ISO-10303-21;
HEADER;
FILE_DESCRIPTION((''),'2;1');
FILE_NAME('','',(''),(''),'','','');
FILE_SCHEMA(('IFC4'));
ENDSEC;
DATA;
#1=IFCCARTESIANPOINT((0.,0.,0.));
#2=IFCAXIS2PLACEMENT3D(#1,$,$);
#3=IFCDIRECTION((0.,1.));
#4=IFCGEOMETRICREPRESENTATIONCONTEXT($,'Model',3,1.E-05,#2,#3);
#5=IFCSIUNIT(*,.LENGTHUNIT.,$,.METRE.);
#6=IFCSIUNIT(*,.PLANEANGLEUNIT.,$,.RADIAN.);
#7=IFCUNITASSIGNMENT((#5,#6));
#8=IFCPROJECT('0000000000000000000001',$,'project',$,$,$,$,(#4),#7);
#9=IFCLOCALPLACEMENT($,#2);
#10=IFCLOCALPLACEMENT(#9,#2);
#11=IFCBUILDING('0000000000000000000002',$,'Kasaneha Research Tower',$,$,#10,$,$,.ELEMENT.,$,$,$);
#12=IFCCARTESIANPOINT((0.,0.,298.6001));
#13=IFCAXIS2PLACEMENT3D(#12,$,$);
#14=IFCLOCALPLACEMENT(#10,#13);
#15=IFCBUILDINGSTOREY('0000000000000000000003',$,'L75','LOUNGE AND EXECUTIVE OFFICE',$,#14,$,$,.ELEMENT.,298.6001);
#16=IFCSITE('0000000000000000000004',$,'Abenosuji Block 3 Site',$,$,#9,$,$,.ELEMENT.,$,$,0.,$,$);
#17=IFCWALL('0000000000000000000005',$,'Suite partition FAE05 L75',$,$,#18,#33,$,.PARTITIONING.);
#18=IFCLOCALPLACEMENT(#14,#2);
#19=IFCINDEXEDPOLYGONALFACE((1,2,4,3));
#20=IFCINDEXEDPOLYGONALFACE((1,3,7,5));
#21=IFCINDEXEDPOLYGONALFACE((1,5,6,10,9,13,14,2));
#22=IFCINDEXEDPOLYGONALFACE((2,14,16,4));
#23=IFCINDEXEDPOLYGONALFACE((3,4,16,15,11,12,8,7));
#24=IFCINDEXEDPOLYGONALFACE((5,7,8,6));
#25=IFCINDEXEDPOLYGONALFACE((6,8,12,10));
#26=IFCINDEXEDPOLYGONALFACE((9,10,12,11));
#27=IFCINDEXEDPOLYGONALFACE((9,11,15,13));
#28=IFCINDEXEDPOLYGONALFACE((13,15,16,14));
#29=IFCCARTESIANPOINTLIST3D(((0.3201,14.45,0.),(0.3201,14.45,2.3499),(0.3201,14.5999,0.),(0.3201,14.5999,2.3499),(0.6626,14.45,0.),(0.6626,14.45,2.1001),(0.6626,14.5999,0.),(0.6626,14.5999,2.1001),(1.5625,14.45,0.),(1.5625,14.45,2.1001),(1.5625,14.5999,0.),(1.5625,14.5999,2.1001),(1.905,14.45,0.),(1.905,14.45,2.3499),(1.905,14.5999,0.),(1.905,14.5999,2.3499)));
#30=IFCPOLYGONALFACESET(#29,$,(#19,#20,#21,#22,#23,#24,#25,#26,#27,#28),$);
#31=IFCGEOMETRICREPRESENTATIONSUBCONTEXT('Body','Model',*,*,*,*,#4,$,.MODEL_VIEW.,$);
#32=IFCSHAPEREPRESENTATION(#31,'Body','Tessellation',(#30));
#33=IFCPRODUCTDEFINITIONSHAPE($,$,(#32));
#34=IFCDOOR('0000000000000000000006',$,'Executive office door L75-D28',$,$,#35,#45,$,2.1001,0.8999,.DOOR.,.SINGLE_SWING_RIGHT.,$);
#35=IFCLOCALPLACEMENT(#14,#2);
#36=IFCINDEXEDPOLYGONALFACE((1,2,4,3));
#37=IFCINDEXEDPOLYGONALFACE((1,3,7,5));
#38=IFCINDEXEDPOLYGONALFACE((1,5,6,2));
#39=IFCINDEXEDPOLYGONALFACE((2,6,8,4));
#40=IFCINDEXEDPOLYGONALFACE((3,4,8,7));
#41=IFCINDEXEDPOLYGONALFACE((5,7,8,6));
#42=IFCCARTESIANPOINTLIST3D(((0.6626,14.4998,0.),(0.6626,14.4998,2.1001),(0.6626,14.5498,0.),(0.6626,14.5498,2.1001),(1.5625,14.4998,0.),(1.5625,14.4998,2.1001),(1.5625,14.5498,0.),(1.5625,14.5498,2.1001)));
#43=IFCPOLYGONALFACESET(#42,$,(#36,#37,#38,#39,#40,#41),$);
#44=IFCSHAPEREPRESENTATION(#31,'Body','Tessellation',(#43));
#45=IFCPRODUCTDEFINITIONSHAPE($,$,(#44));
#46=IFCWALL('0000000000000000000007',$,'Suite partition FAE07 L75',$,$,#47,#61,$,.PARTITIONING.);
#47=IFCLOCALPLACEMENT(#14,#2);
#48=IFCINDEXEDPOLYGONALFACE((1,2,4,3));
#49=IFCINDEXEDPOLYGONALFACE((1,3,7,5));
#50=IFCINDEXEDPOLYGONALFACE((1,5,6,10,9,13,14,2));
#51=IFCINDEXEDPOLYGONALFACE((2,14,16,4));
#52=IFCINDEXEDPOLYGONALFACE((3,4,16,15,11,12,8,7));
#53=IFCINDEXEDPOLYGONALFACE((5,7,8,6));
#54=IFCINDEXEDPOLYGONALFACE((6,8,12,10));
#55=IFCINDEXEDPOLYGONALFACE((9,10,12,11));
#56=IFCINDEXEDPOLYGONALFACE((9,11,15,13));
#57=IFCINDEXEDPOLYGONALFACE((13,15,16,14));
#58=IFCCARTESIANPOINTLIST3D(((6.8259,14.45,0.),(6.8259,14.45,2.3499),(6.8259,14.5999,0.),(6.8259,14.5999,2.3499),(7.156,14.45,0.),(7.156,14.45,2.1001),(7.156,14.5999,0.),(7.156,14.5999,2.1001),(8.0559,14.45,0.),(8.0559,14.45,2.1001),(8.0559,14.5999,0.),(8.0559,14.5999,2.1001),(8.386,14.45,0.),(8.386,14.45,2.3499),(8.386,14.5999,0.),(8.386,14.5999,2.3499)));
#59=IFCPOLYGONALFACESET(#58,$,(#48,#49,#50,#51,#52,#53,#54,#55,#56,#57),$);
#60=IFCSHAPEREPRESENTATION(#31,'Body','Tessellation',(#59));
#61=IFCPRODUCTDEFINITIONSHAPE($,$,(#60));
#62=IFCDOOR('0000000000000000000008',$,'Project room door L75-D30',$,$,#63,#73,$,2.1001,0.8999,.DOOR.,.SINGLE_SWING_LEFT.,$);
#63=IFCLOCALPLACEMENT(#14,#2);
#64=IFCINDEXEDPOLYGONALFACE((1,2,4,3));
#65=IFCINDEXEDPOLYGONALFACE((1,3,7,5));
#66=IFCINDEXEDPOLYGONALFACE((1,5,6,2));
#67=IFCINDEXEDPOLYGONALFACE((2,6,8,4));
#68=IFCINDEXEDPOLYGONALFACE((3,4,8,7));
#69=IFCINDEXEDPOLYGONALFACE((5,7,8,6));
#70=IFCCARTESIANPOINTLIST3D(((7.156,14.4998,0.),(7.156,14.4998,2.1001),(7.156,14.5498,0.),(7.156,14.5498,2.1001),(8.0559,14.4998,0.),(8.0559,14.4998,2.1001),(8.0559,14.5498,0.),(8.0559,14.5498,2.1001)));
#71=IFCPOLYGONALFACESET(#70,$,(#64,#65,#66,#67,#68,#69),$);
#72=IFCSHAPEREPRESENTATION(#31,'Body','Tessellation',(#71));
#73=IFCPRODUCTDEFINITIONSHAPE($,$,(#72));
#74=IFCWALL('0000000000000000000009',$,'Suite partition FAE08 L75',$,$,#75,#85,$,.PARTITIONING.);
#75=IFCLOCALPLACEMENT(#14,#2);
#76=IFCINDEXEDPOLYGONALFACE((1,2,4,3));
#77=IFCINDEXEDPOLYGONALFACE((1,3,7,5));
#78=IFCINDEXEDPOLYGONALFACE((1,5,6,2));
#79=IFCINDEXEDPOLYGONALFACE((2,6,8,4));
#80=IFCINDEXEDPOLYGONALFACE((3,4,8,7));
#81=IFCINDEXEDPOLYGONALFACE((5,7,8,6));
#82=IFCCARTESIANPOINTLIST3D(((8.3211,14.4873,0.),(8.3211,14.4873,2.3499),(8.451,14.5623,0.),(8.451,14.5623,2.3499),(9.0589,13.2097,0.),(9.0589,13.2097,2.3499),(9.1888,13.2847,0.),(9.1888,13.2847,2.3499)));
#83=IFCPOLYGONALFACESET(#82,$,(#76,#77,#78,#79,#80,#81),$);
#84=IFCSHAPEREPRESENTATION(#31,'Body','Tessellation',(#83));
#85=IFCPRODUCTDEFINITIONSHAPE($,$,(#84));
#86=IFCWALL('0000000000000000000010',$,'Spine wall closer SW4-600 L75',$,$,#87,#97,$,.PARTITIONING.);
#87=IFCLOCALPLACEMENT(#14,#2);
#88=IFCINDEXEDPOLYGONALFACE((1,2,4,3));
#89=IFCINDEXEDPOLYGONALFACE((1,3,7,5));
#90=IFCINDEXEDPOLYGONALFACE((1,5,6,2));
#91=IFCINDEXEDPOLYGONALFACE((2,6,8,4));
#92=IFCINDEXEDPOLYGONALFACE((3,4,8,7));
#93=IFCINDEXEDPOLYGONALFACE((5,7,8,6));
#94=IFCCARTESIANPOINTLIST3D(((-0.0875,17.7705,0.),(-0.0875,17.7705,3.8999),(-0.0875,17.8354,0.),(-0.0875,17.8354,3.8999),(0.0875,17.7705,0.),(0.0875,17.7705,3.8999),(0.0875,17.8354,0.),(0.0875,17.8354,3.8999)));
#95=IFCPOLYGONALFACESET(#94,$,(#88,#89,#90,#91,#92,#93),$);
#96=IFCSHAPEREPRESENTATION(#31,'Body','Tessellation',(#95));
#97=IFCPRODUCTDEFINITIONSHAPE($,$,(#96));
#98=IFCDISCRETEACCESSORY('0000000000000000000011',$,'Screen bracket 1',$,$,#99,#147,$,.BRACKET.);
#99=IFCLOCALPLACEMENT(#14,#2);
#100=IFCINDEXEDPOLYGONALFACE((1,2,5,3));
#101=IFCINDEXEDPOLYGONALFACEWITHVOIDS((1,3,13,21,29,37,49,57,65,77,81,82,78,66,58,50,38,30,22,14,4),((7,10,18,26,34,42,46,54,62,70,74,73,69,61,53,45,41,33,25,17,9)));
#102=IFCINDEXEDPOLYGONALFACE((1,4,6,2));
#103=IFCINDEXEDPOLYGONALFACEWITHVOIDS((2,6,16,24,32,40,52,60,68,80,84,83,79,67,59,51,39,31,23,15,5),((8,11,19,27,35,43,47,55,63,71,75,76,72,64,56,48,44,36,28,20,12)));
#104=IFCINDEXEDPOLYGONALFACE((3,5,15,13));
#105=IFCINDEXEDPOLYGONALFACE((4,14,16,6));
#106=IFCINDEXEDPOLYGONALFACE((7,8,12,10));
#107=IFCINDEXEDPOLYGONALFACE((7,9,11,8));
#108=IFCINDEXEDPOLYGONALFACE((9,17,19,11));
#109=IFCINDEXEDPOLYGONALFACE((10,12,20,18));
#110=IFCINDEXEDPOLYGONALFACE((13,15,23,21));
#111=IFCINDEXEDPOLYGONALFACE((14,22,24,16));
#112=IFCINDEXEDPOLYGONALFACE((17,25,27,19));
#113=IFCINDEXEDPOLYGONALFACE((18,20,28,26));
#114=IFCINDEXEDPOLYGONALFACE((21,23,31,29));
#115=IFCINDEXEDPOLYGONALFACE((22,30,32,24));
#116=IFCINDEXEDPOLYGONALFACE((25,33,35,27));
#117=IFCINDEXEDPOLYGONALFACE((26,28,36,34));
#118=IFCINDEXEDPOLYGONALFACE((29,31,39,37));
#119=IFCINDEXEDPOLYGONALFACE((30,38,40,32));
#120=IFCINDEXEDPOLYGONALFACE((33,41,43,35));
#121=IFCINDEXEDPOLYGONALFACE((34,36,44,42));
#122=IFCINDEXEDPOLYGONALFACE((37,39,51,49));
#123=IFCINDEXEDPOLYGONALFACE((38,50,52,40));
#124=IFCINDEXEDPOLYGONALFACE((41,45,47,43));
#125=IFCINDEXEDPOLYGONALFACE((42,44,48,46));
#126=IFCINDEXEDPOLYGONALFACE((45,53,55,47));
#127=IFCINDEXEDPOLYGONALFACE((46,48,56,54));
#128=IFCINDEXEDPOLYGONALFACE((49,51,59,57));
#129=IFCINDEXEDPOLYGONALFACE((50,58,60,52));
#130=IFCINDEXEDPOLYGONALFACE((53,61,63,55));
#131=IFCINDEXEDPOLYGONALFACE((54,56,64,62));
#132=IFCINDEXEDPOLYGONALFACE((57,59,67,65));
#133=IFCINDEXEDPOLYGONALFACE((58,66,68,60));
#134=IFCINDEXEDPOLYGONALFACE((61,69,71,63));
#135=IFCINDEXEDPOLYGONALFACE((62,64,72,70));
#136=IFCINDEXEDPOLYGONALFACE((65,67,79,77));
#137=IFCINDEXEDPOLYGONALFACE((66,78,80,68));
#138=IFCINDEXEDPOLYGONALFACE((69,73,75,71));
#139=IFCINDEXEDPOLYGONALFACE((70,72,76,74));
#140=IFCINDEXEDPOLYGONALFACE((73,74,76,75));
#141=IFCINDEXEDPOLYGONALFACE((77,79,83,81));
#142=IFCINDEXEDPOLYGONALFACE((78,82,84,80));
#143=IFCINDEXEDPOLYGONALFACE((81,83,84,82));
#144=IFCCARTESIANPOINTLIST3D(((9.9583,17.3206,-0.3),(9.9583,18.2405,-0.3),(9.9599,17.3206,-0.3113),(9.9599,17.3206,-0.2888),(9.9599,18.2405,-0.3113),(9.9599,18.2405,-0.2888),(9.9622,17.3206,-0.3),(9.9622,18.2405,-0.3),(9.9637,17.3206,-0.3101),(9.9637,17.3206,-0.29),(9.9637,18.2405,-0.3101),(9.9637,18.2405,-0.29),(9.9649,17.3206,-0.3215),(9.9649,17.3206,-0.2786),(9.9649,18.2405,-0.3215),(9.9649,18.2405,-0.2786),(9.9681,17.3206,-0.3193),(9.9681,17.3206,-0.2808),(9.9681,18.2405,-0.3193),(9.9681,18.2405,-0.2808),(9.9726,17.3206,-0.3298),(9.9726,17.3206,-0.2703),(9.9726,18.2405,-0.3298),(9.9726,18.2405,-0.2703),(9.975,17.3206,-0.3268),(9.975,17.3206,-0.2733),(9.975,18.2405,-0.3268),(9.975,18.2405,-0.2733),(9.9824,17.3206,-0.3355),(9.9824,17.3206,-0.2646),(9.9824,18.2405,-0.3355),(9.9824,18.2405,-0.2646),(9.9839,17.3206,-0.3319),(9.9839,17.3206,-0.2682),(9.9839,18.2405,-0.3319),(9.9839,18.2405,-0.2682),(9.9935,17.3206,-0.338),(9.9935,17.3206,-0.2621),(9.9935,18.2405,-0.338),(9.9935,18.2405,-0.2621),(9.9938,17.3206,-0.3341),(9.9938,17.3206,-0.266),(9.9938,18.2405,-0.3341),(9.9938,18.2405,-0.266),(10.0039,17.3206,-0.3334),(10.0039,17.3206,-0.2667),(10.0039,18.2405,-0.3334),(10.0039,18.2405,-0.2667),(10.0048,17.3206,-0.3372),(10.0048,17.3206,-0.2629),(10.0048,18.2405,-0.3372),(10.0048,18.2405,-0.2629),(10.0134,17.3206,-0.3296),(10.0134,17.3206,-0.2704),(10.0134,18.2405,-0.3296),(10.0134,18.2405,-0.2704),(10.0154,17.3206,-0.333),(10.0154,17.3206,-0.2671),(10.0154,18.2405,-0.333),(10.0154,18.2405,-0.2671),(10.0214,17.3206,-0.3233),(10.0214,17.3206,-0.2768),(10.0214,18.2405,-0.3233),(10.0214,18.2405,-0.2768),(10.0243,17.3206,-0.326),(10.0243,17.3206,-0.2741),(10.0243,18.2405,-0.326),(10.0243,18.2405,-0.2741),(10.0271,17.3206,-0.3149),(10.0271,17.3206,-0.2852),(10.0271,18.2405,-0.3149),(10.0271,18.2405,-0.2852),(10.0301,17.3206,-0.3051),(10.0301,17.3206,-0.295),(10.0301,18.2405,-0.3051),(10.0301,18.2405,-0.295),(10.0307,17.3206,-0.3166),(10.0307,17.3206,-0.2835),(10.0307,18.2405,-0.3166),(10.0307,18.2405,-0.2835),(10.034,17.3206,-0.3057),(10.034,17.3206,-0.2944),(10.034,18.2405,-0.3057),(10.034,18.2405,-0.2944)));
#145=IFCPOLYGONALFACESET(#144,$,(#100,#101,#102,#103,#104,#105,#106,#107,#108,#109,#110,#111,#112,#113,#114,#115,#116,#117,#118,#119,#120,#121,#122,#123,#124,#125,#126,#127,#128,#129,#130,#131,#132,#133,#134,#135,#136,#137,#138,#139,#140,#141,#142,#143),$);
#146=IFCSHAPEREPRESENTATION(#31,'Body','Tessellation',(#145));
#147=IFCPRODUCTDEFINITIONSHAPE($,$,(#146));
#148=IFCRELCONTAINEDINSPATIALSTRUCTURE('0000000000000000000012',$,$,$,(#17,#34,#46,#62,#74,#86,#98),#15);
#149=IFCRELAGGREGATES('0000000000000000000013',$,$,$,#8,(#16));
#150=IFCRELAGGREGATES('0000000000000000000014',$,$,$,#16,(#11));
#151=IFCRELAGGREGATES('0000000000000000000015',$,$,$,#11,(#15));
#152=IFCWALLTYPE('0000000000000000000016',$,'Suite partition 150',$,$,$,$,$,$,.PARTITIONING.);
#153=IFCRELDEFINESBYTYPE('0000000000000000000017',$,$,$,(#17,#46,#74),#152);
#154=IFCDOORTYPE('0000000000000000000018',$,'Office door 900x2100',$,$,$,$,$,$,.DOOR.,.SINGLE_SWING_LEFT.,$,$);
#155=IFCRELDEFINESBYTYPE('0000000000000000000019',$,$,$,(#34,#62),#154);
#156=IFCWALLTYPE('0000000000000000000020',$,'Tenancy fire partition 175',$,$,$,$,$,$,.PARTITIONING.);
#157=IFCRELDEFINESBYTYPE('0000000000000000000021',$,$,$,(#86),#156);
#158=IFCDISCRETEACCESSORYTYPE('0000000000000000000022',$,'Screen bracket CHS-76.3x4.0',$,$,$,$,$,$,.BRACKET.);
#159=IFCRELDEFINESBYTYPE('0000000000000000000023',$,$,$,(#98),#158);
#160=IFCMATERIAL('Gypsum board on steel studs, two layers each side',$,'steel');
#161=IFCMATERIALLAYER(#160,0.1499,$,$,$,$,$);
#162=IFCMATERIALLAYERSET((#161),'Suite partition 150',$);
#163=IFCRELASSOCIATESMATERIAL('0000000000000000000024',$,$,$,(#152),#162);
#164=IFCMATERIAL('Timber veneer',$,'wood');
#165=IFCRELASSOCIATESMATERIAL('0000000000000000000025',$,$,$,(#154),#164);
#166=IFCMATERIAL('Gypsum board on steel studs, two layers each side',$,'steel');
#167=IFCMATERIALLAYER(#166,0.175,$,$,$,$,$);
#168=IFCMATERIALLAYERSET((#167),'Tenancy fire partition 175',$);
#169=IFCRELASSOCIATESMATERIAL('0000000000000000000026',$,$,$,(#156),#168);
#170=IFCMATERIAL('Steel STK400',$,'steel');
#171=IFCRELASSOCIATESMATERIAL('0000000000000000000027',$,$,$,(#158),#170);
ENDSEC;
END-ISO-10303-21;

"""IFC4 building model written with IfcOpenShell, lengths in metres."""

from ifc_helpers import new_model, si_unit, direction, frame, frame_2d, origin, origin_2d, place, context, subcontext, project, spatial, rectangle, hollow_circle, extrude, material, layer, layer_set, material_profile, profile_set, type_object, element, fill, save


model = new_model("IFC4")

# Units and contexts
model_context = context("Model", 3, precision=1e-05, world=origin(), true_north=direction((0.0, 1.0)))
body_context = subcontext(model_context, "Body", "Model", "MODEL_VIEW")
ifc_project = project(units=[si_unit("LENGTHUNIT", "METRE"), si_unit("PLANEANGLEUNIT", "RADIAN")], contexts=[model_context])

# Site, building, storey
site_placement = place(None, origin())
site = spatial("IfcSite", under=ifc_project, at=site_placement, Name="Abenosuji Block 3 Site", CompositionType="ELEMENT", RefElevation=0.0)
building_placement = place(site_placement, origin())
building = spatial("IfcBuilding", under=site, at=building_placement, Name="Kasaneha Research Tower", CompositionType="ELEMENT")
storey_placement = place(building_placement, frame((0.0, 0.0, 298.6001)))
storey = spatial("IfcBuildingStorey", under=building, at=storey_placement, Name="L75", Description="LOUNGE AND EXECUTIVE OFFICE", CompositionType="ELEMENT", Elevation=298.6001)

# Shared definitions
ifc_material_1 = material(Name="Gypsum board on steel studs, two layers each side", Category="steel")
ifc_layer_1 = layer(ifc_material_1, 0.1499)
ifc_layer_set_1 = layer_set([ifc_layer_1], Name="Suite partition 150")
wall_type_1 = type_object("IfcWallType", Name="Suite partition 150", PredefinedType="PARTITIONING", material=ifc_layer_set_1)

# Walls, openings, doors
ifc_material_2 = material(Name="Timber veneer", Category="wood")
door_type_1 = type_object("IfcDoorType", Name="Office door 900x2100", OperationType="SINGLE_SWING_LEFT", PredefinedType="DOOR", material=ifc_material_2)
wall_1_placement = place(storey_placement, frame((0.3201, 14.5249, 0.0), z_axis=(0.0, 0.0, 1.0), x_axis=(1.0, 0.0, 0.0)))
wall_1 = element("IfcWall", 1, at=wall_1_placement, inside=storey, type_object=wall_type_1, Name="Suite partition FAE05 L75", PredefinedType="PARTITIONING", context=body_context, shape_type="SweptSolid", body=[
    extrude(rectangle(XDim=1.585, YDim=0.1499, at=frame_2d((0.7925, 0.0))), origin(), (0.0, 0.0, 1.0), 2.3499),
])
opening_1_placement = place(wall_1_placement, frame((0.3425, 0.0, 0.0)))
opening_1 = element("IfcOpeningElement", 2, at=opening_1_placement, cuts=wall_1, PredefinedType="OPENING", context=body_context, shape_type="SweptSolid", body=[
    extrude(rectangle(XDim=0.8999, YDim=2.1001, at=frame_2d((0.45, 1.05))), frame((0.0, 0.085, 0.0), z_axis=(0.0, -1.0, 0.0), x_axis=(1.0, 0.0, 0.0)), (0.0, 0.0, 1.0), 0.1699),
])
door_1_placement = place(opening_1_placement, origin())
door_1 = element("IfcDoor", 3, at=door_1_placement, inside=storey, type_object=door_type_1, Name="Executive office door L75-D28", OperationType="SINGLE_SWING_RIGHT", OverallHeight=2.1001, OverallWidth=0.8999, PredefinedType="DOOR", context=body_context, shape_type="SweptSolid", body=[
    extrude(rectangle(XDim=0.8999, YDim=2.1001, at=frame_2d((0.45, 1.05))), frame((0.0, 0.0249, 0.0), z_axis=(0.0, -1.0, 0.0), x_axis=(1.0, 0.0, 0.0)), (0.0, 0.0, 1.0), 0.05),
])
fill(opening_1, door_1)
wall_2_placement = place(storey_placement, frame((6.8259, 14.5249, 0.0), z_axis=(0.0, 0.0, 1.0), x_axis=(1.0, 0.0, 0.0)))
wall_2 = element("IfcWall", 4, at=wall_2_placement, inside=storey, type_object=wall_type_1, Name="Suite partition FAE07 L75", PredefinedType="PARTITIONING", context=body_context, shape_type="SweptSolid", body=[
    extrude(rectangle(XDim=1.5601, YDim=0.1499, at=frame_2d((0.78, 0.0))), origin(), (0.0, 0.0, 1.0), 2.3499),
])
opening_2_placement = place(wall_2_placement, frame((0.3301, 0.0, 0.0)))
opening_2 = element("IfcOpeningElement", 5, at=opening_2_placement, cuts=wall_2, PredefinedType="OPENING", context=body_context, shape_type="SweptSolid", body=[
    extrude(rectangle(XDim=0.8999, YDim=2.1001, at=frame_2d((0.45, 1.05))), frame((0.0, 0.085, 0.0), z_axis=(0.0, -1.0, 0.0), x_axis=(1.0, 0.0, 0.0)), (0.0, 0.0, 1.0), 0.1699),
])
door_2_placement = place(opening_2_placement, origin())
door_2 = element("IfcDoor", 6, at=door_2_placement, inside=storey, type_object=door_type_1, Name="Project room door L75-D30", OperationType="SINGLE_SWING_LEFT", OverallHeight=2.1001, OverallWidth=0.8999, PredefinedType="DOOR", context=body_context, shape_type="SweptSolid", body=[
    extrude(rectangle(XDim=0.8999, YDim=2.1001, at=frame_2d((0.45, 1.05))), frame((0.0, 0.0249, 0.0), z_axis=(0.0, -1.0, 0.0), x_axis=(1.0, 0.0, 0.0)), (0.0, 0.0, 1.0), 0.05),
])
fill(opening_2, door_2)

# Walls
wall_3_placement = place(storey_placement, frame((8.386, 14.5249, 0.0), z_axis=(0.0, 0.0, 1.0), x_axis=(0.50009, -0.865973, 0.0)))
element("IfcWall", 7, at=wall_3_placement, inside=storey, type_object=wall_type_1, Name="Suite partition FAE08 L75", PredefinedType="PARTITIONING", context=body_context, shape_type="SweptSolid", body=[
    extrude(rectangle(XDim=1.4753, YDim=0.1499, at=frame_2d((0.7378, 0.0))), origin(), (0.0, 0.0, 1.0), 2.3499),
])
ifc_material_3 = material(Name="Gypsum board on steel studs, two layers each side", Category="steel")
ifc_layer_2 = layer(ifc_material_3, 0.175)
ifc_layer_set_2 = layer_set([ifc_layer_2], Name="Tenancy fire partition 175")
wall_type_2 = type_object("IfcWallType", Name="Tenancy fire partition 175", PredefinedType="PARTITIONING", material=ifc_layer_set_2)
wall_4_placement = place(storey_placement, frame((0.0, 17.7705, 0.0), z_axis=(0.0, 0.0, 1.0), x_axis=(0.0, 1.0, 0.0)))
element("IfcWall", 8, at=wall_4_placement, inside=storey, type_object=wall_type_2, Name="Spine wall closer SW4-600 L75", PredefinedType="PARTITIONING", context=body_context, shape_type="SweptSolid", body=[
    extrude(rectangle(XDim=0.0649, YDim=0.175, at=frame_2d((0.0325, 0.0))), origin(), (0.0, 0.0, 1.0), 3.8999),
])

# Discrete accessory
ifc_material_4 = material(Name="Steel STK400", Category="steel")
ifc_material_profile_1 = material_profile(ifc_material_4, hollow_circle(Radius=0.0381, WallThickness=0.0039, at=origin_2d()), Name="CHS-76.3x4.0")
ifc_profile_set_1 = profile_set([ifc_material_profile_1], Name="Steel STK400")
discrete_accessory_type = type_object("IfcDiscreteAccessoryType", Name="Screen bracket CHS-76.3x4.0", PredefinedType="BRACKET", material=ifc_profile_set_1)
for number, where, z_axis, x_axis, name in (
    (9, (9.9963, 17.3206, -0.3), (0.0, 1.0, 0.0), (-1.0, 0.0, 0.0), "Screen bracket 1"),
):
    element("IfcDiscreteAccessory", number, at=place(storey_placement, frame(where, z_axis=z_axis, x_axis=x_axis)), inside=storey, type_object=discrete_accessory_type, Name=name, PredefinedType="BRACKET", context=body_context, shape_type="SweptSolid", body=[
        extrude(hollow_circle(Radius=0.0381, WallThickness=0.0039, at=origin_2d()), origin(), (0.0, 0.0, 1.0), 0.9199),
    ])

save(model, "model.ifc")
